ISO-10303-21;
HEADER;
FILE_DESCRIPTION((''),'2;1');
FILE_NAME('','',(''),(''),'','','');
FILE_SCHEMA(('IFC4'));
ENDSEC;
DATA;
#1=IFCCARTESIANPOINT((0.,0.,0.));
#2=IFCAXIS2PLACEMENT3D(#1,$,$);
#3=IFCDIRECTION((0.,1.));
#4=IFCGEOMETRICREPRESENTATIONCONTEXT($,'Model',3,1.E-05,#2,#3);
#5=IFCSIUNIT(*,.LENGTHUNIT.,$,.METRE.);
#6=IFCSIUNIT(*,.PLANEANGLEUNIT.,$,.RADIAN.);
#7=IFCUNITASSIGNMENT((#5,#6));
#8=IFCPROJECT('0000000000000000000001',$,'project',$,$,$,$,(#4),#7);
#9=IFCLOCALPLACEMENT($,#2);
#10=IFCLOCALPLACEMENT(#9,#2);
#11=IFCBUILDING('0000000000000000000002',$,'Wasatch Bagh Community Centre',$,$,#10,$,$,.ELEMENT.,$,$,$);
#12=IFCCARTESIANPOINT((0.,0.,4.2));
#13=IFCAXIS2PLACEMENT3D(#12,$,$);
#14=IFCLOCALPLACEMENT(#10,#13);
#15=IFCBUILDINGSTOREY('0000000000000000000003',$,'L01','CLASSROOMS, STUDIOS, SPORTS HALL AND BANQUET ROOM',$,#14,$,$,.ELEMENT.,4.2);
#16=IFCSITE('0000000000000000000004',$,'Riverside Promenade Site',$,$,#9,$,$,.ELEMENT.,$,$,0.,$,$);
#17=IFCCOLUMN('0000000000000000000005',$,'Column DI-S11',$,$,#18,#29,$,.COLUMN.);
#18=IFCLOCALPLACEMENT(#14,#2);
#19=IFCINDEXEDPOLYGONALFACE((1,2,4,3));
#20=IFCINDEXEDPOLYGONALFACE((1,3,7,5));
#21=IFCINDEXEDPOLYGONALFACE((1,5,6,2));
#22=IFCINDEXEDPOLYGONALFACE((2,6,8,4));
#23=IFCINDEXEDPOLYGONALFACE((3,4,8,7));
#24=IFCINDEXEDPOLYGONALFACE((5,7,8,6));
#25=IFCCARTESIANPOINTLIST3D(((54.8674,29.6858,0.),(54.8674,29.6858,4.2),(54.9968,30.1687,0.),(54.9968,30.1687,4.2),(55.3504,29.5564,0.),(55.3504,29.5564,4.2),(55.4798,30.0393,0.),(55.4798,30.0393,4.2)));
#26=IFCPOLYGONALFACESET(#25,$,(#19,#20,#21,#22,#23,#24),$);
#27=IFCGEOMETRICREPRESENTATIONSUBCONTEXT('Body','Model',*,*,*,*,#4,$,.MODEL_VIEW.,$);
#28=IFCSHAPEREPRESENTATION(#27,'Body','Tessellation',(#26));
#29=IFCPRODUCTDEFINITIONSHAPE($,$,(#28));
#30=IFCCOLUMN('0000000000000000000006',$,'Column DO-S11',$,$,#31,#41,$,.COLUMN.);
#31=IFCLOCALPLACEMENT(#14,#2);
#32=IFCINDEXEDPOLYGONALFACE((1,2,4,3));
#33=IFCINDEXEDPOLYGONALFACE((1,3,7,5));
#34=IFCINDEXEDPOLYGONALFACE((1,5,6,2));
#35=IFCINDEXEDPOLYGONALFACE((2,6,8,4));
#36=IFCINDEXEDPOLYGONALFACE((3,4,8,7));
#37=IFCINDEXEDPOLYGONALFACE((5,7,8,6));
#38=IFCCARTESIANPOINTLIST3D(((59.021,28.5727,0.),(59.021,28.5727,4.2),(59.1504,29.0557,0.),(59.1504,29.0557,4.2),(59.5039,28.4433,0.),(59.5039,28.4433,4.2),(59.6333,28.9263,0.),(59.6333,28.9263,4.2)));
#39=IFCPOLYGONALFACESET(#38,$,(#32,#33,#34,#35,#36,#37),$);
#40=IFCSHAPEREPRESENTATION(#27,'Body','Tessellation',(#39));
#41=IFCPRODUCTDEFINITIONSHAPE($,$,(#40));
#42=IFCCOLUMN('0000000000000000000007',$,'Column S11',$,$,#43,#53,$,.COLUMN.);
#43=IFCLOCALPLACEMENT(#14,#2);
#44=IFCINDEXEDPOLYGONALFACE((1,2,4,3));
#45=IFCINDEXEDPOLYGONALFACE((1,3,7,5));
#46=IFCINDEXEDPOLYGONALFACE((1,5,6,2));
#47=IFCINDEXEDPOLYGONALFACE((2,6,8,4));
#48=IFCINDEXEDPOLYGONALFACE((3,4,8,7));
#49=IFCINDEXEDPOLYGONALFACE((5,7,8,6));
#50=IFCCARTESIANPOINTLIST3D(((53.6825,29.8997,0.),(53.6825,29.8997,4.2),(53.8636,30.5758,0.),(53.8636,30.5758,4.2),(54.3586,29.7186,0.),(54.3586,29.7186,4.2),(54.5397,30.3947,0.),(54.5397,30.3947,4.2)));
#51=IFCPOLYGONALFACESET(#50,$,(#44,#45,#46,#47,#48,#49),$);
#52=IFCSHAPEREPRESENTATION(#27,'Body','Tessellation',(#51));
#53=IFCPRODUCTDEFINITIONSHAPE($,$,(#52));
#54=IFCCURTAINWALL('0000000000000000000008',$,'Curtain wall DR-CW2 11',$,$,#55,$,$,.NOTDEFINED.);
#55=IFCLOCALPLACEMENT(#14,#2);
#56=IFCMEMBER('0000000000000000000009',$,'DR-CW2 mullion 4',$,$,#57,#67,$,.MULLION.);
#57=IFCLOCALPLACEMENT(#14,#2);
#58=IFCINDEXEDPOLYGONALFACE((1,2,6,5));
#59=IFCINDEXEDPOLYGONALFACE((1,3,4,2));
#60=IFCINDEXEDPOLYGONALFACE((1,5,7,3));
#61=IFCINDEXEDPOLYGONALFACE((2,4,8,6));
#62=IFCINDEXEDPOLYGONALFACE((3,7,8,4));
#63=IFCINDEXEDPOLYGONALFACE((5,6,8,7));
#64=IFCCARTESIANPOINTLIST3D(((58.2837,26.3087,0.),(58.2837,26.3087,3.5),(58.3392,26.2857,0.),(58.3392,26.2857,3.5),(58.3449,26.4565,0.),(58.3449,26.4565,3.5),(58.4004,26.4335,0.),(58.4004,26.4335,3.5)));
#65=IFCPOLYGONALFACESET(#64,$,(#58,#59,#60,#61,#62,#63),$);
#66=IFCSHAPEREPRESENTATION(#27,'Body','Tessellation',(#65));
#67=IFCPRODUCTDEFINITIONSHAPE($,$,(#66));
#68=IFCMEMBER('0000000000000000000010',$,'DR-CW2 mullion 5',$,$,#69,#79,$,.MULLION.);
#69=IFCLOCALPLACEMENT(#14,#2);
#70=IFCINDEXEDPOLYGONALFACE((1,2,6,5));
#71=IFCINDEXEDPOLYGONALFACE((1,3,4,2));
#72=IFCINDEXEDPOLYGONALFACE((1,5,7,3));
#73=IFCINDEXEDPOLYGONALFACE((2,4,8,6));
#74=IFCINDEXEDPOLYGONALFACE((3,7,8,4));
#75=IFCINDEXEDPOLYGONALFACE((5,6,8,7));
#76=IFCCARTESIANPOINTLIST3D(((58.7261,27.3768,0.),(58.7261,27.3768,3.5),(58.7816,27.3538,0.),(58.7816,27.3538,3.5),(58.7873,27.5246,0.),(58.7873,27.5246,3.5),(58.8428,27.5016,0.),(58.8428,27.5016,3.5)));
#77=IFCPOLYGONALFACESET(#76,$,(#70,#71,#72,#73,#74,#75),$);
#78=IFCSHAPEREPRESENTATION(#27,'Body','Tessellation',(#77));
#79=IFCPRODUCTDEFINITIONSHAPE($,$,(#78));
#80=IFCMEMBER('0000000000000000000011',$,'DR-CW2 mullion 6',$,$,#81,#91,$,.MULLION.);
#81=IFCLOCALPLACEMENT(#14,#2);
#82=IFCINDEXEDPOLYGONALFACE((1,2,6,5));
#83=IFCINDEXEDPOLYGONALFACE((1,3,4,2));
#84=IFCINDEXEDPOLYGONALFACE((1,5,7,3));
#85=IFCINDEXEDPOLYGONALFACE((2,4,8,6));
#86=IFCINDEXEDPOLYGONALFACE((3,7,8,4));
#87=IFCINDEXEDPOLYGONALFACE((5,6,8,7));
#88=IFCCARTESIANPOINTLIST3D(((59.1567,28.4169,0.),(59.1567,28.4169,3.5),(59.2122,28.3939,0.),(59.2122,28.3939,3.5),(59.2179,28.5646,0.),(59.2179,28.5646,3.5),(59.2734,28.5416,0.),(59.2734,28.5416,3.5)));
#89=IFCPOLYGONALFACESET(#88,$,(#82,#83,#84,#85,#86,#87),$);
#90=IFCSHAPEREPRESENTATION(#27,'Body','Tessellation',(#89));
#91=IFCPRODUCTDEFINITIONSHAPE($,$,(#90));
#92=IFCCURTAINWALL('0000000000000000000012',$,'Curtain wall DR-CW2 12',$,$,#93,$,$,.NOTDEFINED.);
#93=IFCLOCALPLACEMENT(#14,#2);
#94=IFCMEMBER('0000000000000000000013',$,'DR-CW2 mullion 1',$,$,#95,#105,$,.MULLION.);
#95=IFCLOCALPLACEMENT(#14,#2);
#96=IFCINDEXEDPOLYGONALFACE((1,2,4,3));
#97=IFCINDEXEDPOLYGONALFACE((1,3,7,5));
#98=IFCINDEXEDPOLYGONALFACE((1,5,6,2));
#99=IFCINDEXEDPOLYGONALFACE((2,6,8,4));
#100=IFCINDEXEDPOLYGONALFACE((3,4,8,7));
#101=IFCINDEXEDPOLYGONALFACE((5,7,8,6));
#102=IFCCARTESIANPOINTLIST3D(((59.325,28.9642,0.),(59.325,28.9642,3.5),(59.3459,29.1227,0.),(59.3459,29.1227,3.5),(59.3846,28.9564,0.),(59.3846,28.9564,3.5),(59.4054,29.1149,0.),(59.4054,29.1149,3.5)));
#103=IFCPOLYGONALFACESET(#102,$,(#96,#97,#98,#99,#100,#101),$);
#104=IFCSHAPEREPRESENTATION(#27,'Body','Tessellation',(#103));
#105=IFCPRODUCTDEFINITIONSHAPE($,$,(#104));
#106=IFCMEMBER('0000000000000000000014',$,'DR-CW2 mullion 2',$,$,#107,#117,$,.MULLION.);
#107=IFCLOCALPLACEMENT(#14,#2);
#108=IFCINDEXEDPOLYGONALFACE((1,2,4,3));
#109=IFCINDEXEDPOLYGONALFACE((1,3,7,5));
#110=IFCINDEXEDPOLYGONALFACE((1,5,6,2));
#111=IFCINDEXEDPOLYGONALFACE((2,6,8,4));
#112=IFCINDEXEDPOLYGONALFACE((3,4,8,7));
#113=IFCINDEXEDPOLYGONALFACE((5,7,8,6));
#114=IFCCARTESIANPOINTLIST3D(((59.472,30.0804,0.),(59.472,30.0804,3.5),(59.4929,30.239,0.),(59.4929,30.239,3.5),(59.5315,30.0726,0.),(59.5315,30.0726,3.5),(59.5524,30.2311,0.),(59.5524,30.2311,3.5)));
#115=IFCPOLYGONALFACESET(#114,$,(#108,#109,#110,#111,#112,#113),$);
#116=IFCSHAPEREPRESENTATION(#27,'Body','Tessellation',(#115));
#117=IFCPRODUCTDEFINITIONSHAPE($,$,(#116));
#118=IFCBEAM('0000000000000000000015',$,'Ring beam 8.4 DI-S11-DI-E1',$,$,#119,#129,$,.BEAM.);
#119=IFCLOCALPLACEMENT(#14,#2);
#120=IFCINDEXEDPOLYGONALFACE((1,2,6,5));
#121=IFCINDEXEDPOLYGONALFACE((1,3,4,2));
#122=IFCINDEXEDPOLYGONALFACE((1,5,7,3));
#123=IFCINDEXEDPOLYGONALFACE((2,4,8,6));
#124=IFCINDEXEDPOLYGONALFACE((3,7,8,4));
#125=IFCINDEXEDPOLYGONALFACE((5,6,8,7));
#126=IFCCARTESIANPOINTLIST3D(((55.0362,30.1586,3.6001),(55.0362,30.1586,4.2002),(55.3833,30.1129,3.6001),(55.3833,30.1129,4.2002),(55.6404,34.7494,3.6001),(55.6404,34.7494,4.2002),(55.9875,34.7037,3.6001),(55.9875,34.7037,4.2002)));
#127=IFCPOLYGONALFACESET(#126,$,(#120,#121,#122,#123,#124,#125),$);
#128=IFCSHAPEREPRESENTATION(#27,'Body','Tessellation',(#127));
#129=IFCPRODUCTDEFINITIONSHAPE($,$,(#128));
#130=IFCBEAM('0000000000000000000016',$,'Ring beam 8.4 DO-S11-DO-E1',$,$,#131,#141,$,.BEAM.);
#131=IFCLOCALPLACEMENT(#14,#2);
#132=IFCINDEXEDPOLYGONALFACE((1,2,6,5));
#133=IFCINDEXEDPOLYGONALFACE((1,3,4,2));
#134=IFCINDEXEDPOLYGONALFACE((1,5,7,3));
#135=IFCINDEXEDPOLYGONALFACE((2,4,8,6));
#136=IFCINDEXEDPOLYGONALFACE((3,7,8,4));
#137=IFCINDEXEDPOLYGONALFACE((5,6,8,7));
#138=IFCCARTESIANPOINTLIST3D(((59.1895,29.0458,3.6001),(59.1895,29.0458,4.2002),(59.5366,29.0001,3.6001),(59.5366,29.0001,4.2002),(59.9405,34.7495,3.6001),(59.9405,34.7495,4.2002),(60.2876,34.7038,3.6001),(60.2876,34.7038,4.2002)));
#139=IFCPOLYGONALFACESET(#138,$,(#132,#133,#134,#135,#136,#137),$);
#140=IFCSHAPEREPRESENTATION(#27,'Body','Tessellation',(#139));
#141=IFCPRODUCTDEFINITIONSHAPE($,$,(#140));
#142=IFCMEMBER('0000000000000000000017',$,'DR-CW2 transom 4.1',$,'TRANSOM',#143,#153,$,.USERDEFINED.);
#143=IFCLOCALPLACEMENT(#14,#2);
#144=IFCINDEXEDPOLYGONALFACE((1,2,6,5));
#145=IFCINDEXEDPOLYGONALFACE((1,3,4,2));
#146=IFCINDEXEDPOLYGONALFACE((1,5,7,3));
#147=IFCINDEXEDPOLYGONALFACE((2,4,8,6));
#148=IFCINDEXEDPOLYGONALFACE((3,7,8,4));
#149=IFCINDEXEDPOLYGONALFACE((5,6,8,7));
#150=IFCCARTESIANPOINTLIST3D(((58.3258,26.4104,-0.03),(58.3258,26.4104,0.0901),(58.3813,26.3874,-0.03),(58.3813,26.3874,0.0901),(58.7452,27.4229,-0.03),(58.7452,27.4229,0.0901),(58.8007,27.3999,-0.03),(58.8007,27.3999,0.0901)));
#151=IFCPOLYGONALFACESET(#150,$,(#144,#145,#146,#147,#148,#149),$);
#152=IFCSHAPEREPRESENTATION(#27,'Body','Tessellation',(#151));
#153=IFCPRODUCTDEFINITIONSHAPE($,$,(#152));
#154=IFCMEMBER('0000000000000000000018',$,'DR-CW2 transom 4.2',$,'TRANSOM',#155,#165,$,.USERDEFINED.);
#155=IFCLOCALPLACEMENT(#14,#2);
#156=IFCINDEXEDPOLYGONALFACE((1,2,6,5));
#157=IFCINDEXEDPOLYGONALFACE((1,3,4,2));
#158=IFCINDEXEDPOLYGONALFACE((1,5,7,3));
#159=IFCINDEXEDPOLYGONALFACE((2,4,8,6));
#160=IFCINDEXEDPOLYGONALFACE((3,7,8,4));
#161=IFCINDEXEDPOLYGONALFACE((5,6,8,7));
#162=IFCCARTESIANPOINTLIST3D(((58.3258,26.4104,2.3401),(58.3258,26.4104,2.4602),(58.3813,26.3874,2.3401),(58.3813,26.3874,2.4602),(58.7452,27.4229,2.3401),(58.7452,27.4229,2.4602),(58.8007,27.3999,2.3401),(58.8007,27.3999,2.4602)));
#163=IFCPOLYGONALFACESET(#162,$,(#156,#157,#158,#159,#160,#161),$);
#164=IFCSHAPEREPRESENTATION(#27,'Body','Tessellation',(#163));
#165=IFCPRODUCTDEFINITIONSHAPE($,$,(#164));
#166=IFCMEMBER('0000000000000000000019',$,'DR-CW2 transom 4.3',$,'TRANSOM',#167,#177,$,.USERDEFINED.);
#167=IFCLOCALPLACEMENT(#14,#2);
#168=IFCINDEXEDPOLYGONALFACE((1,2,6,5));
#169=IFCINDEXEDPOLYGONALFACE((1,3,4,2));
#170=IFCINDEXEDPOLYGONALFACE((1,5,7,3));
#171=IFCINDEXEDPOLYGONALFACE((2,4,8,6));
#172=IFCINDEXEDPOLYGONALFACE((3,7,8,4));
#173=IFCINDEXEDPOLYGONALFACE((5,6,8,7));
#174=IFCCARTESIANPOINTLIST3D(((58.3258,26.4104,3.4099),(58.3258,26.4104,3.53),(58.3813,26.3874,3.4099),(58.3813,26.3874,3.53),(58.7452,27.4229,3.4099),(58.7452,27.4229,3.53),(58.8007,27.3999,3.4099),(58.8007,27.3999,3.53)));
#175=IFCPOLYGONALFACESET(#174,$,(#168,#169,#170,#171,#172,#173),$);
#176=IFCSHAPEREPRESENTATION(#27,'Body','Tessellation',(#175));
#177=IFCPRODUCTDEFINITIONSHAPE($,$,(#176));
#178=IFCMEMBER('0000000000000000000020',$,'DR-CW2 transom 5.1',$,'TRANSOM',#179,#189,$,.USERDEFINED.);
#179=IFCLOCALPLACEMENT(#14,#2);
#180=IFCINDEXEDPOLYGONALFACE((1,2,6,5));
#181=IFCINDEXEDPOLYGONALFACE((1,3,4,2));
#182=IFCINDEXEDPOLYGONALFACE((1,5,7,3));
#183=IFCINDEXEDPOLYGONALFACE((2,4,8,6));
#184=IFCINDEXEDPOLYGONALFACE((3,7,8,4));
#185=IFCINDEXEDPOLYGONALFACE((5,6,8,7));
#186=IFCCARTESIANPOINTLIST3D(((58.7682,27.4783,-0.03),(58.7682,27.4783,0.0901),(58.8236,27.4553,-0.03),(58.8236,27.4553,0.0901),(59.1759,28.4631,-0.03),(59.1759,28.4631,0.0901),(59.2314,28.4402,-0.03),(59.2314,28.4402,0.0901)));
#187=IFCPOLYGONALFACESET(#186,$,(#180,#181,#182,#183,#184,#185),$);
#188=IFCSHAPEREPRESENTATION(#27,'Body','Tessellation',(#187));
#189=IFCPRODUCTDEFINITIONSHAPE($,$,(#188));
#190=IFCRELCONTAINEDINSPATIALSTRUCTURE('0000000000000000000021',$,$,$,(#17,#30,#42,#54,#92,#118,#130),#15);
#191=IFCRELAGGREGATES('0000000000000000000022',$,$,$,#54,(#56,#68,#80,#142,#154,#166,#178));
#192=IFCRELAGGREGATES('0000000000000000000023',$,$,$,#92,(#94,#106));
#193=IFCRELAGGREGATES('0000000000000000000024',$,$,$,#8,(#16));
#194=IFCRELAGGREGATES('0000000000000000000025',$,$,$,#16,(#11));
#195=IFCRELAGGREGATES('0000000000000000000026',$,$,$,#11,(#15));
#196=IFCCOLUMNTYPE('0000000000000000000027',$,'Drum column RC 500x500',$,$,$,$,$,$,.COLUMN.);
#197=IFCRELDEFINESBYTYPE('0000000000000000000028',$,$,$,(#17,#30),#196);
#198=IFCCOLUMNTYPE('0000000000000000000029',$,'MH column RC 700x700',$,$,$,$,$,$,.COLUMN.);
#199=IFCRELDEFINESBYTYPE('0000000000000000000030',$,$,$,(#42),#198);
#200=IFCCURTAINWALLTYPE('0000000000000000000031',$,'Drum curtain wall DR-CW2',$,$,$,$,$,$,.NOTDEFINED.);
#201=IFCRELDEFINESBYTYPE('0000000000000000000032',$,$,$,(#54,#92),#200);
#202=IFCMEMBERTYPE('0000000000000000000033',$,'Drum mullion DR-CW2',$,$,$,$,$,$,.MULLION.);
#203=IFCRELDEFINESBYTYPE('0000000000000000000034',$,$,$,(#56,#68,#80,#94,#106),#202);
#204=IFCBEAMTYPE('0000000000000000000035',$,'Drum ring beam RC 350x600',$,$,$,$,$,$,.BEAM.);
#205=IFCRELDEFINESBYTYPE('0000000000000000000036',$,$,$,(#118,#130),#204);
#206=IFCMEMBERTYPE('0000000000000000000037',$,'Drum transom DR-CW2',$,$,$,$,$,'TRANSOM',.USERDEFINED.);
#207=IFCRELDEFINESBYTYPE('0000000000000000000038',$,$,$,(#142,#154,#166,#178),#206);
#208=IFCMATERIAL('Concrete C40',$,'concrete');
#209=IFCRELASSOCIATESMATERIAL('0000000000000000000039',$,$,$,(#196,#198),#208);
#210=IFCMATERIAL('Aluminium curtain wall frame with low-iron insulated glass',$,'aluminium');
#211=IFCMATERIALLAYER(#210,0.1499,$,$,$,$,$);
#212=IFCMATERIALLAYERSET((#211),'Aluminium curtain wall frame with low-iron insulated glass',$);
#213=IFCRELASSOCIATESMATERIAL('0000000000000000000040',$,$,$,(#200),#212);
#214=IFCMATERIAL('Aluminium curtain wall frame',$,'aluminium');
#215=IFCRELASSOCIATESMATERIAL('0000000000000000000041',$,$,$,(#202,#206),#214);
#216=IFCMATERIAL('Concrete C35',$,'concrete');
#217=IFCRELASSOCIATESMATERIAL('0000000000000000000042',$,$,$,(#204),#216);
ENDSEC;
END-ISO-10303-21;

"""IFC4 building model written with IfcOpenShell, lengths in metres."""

from ifc_helpers import new_model, si_unit, direction, frame, origin, origin_2d, place, context, subcontext, project, spatial, rectangle, extrude, material, layer, layer_set, material_profile, profile_set, type_object, element, aggregate, save


model = new_model("IFC4")

# Units and contexts
model_context = context("Model", 3, precision=1e-05, world=origin(), true_north=direction((0.0, 1.0)))
body_context = subcontext(model_context, "Body", "Model", "MODEL_VIEW")
ifc_project = project(units=[si_unit("LENGTHUNIT", "METRE"), si_unit("PLANEANGLEUNIT", "RADIAN")], contexts=[model_context])

# Site, building, storey
site_placement = place(None, origin())
site = spatial("IfcSite", under=ifc_project, at=site_placement, Name="Riverside Promenade Site", CompositionType="ELEMENT", RefElevation=0.0)
building_placement = place(site_placement, origin())
building = spatial("IfcBuilding", under=site, at=building_placement, Name="Wasatch Bagh Community Centre", CompositionType="ELEMENT")
storey_placement = place(building_placement, frame((0.0, 0.0, 4.2)))
storey = spatial("IfcBuildingStorey", under=building, at=storey_placement, Name="L01", Description="CLASSROOMS, STUDIOS, SPORTS HALL AND BANQUET ROOM", CompositionType="ELEMENT", Elevation=4.2)

# Columns
ifc_material_1 = material(Name="Concrete C40", Category="concrete")
ifc_material_profile_1 = material_profile(ifc_material_1, rectangle(XDim=0.5, YDim=0.5, at=origin_2d()), Name="RC 500x500")
ifc_profile_set_1 = profile_set([ifc_material_profile_1], Name="Concrete C40")
column_type_1 = type_object("IfcColumnType", Name="Drum column RC 500x500", PredefinedType="COLUMN", material=ifc_profile_set_1)
for number, where, z_axis, x_axis, name in (
    (1, (55.1736, 29.8625, 0.0), (0.0, 0.0, 1.0), (0.258819, 0.965926, 0.0), "Column DI-S11"),
    (2, (59.3271, 28.7495, 0.0), (0.0, 0.0, 1.0), (0.258819, 0.965926, 0.0), "Column DO-S11"),
):
    element("IfcColumn", number, at=place(storey_placement, frame(where, z_axis=z_axis, x_axis=x_axis)), inside=storey, type_object=column_type_1, Name=name, PredefinedType="COLUMN", context=body_context, shape_type="SweptSolid", body=[
        extrude(rectangle(XDim=0.5, YDim=0.5, at=origin_2d()), origin(), (0.0, 0.0, 1.0), 4.2),
    ])
ifc_material_profile_2 = material_profile(ifc_material_1, rectangle(XDim=0.7, YDim=0.7, at=origin_2d()), Name="RC 700x700")
ifc_profile_set_2 = profile_set([ifc_material_profile_2], Name="Concrete C40")
column_type_2 = type_object("IfcColumnType", Name="MH column RC 700x700", PredefinedType="COLUMN", material=ifc_profile_set_2)
column_placement = place(storey_placement, frame((54.1111, 30.1472, 0.0), z_axis=(0.0, 0.0, 1.0), x_axis=(0.258819, 0.965926, 0.0)))
element("IfcColumn", 3, at=column_placement, inside=storey, type_object=column_type_2, Name="Column S11", PredefinedType="COLUMN", context=body_context, shape_type="SweptSolid", body=[
    extrude(rectangle(XDim=0.7, YDim=0.7, at=origin_2d()), origin(), (0.0, 0.0, 1.0), 4.2),
])

# Curtain walls, members
ifc_material_2 = material(Name="Aluminium curtain wall frame with low-iron insulated glass", Category="aluminium")
ifc_layer_1 = layer(ifc_material_2, 0.1499)
ifc_layer_set_1 = layer_set([ifc_layer_1], Name="Aluminium curtain wall frame with low-iron insulated glass")
curtain_wall_type = type_object("IfcCurtainWallType", Name="Drum curtain wall DR-CW2", PredefinedType="NOTDEFINED", material=ifc_layer_set_1)
curtain_wall_1_placement = place(storey_placement, origin())
curtain_wall_1 = element("IfcCurtainWall", 4, at=curtain_wall_1_placement, inside=storey, type_object=curtain_wall_type, Name="Curtain wall DR-CW2 11", PredefinedType="NOTDEFINED")
ifc_material_3 = material(Name="Aluminium curtain wall frame", Category="aluminium")
ifc_material_profile_3 = material_profile(ifc_material_3, rectangle(XDim=0.0601, YDim=0.1599, at=origin_2d()), Name="Drum mullion DR-CW2")
ifc_profile_set_3 = profile_set([ifc_material_profile_3], Name="Aluminium curtain wall frame")
member_type_1 = type_object("IfcMemberType", Name="Drum mullion DR-CW2", PredefinedType="MULLION", material=ifc_profile_set_3)
member_1_placement = place(storey_placement, frame((58.342, 26.3711, 0.0), z_axis=(0.0, 0.0, 1.0), x_axis=(-0.92388, 0.382683, 0.0)))
member_1 = element("IfcMember", 5, at=member_1_placement, type_object=member_type_1, Name="DR-CW2 mullion 4", PredefinedType="MULLION", context=body_context, shape_type="SweptSolid", body=[
    extrude(rectangle(XDim=0.0601, YDim=0.1599, at=origin_2d()), origin(), (0.0, 0.0, 1.0), 3.5),
])
member_2_placement = place(storey_placement, frame((58.7844, 27.4392, 0.0), z_axis=(0.0, 0.0, 1.0), x_axis=(-0.92388, 0.382683, 0.0)))
member_2 = element("IfcMember", 6, at=member_2_placement, type_object=member_type_1, Name="DR-CW2 mullion 5", PredefinedType="MULLION", context=body_context, shape_type="SweptSolid", body=[
    extrude(rectangle(XDim=0.0601, YDim=0.1599, at=origin_2d()), origin(), (0.0, 0.0, 1.0), 3.5),
])
member_3_placement = place(storey_placement, frame((59.2151, 28.4792, 0.0), z_axis=(0.0, 0.0, 1.0), x_axis=(-0.92388, 0.382683, 0.0)))
member_3 = element("IfcMember", 7, at=member_3_placement, type_object=member_type_1, Name="DR-CW2 mullion 6", PredefinedType="MULLION", context=body_context, shape_type="SweptSolid", body=[
    extrude(rectangle(XDim=0.0601, YDim=0.1599, at=origin_2d()), origin(), (0.0, 0.0, 1.0), 3.5),
])
curtain_wall_2_placement = place(storey_placement, origin())
curtain_wall_2 = element("IfcCurtainWall", 8, at=curtain_wall_2_placement, inside=storey, type_object=curtain_wall_type, Name="Curtain wall DR-CW2 12", PredefinedType="NOTDEFINED")
member_4_placement = place(storey_placement, frame((59.3652, 29.0396, 0.0), z_axis=(0.0, 0.0, 1.0), x_axis=(-0.991445, 0.130526, 0.0)))
member_4 = element("IfcMember", 9, at=member_4_placement, type_object=member_type_1, Name="DR-CW2 mullion 1", PredefinedType="MULLION", context=body_context, shape_type="SweptSolid", body=[
    extrude(rectangle(XDim=0.0601, YDim=0.1599, at=origin_2d()), origin(), (0.0, 0.0, 1.0), 3.5),
])
member_5_placement = place(storey_placement, frame((59.5122, 30.1558, 0.0), z_axis=(0.0, 0.0, 1.0), x_axis=(-0.991445, 0.130526, 0.0)))
member_5 = element("IfcMember", 10, at=member_5_placement, type_object=member_type_1, Name="DR-CW2 mullion 2", PredefinedType="MULLION", context=body_context, shape_type="SweptSolid", body=[
    extrude(rectangle(XDim=0.0601, YDim=0.1599, at=origin_2d()), origin(), (0.0, 0.0, 1.0), 3.5),
])

# Beams
ifc_material_4 = material(Name="Concrete C35", Category="concrete")
ifc_material_profile_4 = material_profile(ifc_material_4, rectangle(XDim=0.3501, YDim=0.6001, at=origin_2d()), Name="RC 350x600")
ifc_profile_set_4 = profile_set([ifc_material_profile_4], Name="Concrete C35")
beam_type_1 = type_object("IfcBeamType", Name="Drum ring beam RC 350x600", PredefinedType="BEAM", material=ifc_profile_set_4)
beam_1_placement = place(storey_placement, frame((55.2097, 30.1357, 3.9001), z_axis=(0.130495, 0.991449, 0.0), x_axis=(-0.991449, 0.130495, 0.0)))
element("IfcBeam", 11, at=beam_1_placement, inside=storey, type_object=beam_type_1, Name="Ring beam 8.4 DI-S11-DI-E1", PredefinedType="BEAM", context=body_context, shape_type="SweptSolid", body=[
    extrude(rectangle(XDim=0.3501, YDim=0.6001, at=origin_2d()), origin(), (0.0, 0.0, 1.0), 4.6304),
])
beam_2_placement = place(storey_placement, frame((59.363, 29.0229, 3.9001), z_axis=(0.13054, 0.991443, 0.0), x_axis=(-0.991443, 0.13054, 0.0)))
element("IfcBeam", 12, at=beam_2_placement, inside=storey, type_object=beam_type_1, Name="Ring beam 8.4 DO-S11-DO-E1", PredefinedType="BEAM", context=body_context, shape_type="SweptSolid", body=[
    extrude(rectangle(XDim=0.3501, YDim=0.6001, at=origin_2d()), origin(), (0.0, 0.0, 1.0), 5.7529),
])

# Members
ifc_material_profile_5 = material_profile(ifc_material_3, rectangle(XDim=0.0601, YDim=0.1201, at=origin_2d()), Name="Drum transom DR-CW2")
ifc_profile_set_5 = profile_set([ifc_material_profile_5], Name="Aluminium curtain wall frame")
member_type_2 = type_object("IfcMemberType", Name="Drum transom DR-CW2", ElementType="TRANSOM", PredefinedType="USERDEFINED", material=ifc_profile_set_5)
member_6_placement = place(storey_placement, frame((58.3535, 26.3989, 0.03), z_axis=(0.382732, 0.923859, 0.0), x_axis=(-0.923859, 0.382732, 0.0)))
member_6 = element("IfcMember", 13, at=member_6_placement, type_object=member_type_2, Name="DR-CW2 transom 4.1", ObjectType="TRANSOM", PredefinedType="USERDEFINED", context=body_context, shape_type="SweptSolid", body=[
    extrude(rectangle(XDim=0.0601, YDim=0.1201, at=origin_2d()), origin(), (0.0, 0.0, 1.0), 1.0959),
])
member_7_placement = place(storey_placement, frame((58.3535, 26.3989, 2.4001), z_axis=(0.382732, 0.923859, 0.0), x_axis=(-0.923859, 0.382732, 0.0)))
member_7 = element("IfcMember", 14, at=member_7_placement, type_object=member_type_2, Name="DR-CW2 transom 4.2", ObjectType="TRANSOM", PredefinedType="USERDEFINED", context=body_context, shape_type="SweptSolid", body=[
    extrude(rectangle(XDim=0.0601, YDim=0.1201, at=origin_2d()), origin(), (0.0, 0.0, 1.0), 1.0959),
])
member_8_placement = place(storey_placement, frame((58.3535, 26.3989, 3.47), z_axis=(0.382732, 0.923859, 0.0), x_axis=(-0.923859, 0.382732, 0.0)))
member_8 = element("IfcMember", 15, at=member_8_placement, type_object=member_type_2, Name="DR-CW2 transom 4.3", ObjectType="TRANSOM", PredefinedType="USERDEFINED", context=body_context, shape_type="SweptSolid", body=[
    extrude(rectangle(XDim=0.0601, YDim=0.1201, at=origin_2d()), origin(), (0.0, 0.0, 1.0), 1.0959),
])
member_9_placement = place(storey_placement, frame((58.7959, 27.4668, 0.03), z_axis=(0.3825, 0.923955, 0.0), x_axis=(-0.923955, 0.3825, 0.0)))
member_9 = element("IfcMember", 16, at=member_9_placement, type_object=member_type_2, Name="DR-CW2 transom 5.1", ObjectType="TRANSOM", PredefinedType="USERDEFINED", context=body_context, shape_type="SweptSolid", body=[
    extrude(rectangle(XDim=0.0601, YDim=0.1201, at=origin_2d()), origin(), (0.0, 0.0, 1.0), 1.0659),
])

aggregate(curtain_wall_1, [member_1, member_2, member_3, member_6, member_7, member_8, member_9])
aggregate(curtain_wall_2, [member_4, member_5])

save(model, "model.ifc")
